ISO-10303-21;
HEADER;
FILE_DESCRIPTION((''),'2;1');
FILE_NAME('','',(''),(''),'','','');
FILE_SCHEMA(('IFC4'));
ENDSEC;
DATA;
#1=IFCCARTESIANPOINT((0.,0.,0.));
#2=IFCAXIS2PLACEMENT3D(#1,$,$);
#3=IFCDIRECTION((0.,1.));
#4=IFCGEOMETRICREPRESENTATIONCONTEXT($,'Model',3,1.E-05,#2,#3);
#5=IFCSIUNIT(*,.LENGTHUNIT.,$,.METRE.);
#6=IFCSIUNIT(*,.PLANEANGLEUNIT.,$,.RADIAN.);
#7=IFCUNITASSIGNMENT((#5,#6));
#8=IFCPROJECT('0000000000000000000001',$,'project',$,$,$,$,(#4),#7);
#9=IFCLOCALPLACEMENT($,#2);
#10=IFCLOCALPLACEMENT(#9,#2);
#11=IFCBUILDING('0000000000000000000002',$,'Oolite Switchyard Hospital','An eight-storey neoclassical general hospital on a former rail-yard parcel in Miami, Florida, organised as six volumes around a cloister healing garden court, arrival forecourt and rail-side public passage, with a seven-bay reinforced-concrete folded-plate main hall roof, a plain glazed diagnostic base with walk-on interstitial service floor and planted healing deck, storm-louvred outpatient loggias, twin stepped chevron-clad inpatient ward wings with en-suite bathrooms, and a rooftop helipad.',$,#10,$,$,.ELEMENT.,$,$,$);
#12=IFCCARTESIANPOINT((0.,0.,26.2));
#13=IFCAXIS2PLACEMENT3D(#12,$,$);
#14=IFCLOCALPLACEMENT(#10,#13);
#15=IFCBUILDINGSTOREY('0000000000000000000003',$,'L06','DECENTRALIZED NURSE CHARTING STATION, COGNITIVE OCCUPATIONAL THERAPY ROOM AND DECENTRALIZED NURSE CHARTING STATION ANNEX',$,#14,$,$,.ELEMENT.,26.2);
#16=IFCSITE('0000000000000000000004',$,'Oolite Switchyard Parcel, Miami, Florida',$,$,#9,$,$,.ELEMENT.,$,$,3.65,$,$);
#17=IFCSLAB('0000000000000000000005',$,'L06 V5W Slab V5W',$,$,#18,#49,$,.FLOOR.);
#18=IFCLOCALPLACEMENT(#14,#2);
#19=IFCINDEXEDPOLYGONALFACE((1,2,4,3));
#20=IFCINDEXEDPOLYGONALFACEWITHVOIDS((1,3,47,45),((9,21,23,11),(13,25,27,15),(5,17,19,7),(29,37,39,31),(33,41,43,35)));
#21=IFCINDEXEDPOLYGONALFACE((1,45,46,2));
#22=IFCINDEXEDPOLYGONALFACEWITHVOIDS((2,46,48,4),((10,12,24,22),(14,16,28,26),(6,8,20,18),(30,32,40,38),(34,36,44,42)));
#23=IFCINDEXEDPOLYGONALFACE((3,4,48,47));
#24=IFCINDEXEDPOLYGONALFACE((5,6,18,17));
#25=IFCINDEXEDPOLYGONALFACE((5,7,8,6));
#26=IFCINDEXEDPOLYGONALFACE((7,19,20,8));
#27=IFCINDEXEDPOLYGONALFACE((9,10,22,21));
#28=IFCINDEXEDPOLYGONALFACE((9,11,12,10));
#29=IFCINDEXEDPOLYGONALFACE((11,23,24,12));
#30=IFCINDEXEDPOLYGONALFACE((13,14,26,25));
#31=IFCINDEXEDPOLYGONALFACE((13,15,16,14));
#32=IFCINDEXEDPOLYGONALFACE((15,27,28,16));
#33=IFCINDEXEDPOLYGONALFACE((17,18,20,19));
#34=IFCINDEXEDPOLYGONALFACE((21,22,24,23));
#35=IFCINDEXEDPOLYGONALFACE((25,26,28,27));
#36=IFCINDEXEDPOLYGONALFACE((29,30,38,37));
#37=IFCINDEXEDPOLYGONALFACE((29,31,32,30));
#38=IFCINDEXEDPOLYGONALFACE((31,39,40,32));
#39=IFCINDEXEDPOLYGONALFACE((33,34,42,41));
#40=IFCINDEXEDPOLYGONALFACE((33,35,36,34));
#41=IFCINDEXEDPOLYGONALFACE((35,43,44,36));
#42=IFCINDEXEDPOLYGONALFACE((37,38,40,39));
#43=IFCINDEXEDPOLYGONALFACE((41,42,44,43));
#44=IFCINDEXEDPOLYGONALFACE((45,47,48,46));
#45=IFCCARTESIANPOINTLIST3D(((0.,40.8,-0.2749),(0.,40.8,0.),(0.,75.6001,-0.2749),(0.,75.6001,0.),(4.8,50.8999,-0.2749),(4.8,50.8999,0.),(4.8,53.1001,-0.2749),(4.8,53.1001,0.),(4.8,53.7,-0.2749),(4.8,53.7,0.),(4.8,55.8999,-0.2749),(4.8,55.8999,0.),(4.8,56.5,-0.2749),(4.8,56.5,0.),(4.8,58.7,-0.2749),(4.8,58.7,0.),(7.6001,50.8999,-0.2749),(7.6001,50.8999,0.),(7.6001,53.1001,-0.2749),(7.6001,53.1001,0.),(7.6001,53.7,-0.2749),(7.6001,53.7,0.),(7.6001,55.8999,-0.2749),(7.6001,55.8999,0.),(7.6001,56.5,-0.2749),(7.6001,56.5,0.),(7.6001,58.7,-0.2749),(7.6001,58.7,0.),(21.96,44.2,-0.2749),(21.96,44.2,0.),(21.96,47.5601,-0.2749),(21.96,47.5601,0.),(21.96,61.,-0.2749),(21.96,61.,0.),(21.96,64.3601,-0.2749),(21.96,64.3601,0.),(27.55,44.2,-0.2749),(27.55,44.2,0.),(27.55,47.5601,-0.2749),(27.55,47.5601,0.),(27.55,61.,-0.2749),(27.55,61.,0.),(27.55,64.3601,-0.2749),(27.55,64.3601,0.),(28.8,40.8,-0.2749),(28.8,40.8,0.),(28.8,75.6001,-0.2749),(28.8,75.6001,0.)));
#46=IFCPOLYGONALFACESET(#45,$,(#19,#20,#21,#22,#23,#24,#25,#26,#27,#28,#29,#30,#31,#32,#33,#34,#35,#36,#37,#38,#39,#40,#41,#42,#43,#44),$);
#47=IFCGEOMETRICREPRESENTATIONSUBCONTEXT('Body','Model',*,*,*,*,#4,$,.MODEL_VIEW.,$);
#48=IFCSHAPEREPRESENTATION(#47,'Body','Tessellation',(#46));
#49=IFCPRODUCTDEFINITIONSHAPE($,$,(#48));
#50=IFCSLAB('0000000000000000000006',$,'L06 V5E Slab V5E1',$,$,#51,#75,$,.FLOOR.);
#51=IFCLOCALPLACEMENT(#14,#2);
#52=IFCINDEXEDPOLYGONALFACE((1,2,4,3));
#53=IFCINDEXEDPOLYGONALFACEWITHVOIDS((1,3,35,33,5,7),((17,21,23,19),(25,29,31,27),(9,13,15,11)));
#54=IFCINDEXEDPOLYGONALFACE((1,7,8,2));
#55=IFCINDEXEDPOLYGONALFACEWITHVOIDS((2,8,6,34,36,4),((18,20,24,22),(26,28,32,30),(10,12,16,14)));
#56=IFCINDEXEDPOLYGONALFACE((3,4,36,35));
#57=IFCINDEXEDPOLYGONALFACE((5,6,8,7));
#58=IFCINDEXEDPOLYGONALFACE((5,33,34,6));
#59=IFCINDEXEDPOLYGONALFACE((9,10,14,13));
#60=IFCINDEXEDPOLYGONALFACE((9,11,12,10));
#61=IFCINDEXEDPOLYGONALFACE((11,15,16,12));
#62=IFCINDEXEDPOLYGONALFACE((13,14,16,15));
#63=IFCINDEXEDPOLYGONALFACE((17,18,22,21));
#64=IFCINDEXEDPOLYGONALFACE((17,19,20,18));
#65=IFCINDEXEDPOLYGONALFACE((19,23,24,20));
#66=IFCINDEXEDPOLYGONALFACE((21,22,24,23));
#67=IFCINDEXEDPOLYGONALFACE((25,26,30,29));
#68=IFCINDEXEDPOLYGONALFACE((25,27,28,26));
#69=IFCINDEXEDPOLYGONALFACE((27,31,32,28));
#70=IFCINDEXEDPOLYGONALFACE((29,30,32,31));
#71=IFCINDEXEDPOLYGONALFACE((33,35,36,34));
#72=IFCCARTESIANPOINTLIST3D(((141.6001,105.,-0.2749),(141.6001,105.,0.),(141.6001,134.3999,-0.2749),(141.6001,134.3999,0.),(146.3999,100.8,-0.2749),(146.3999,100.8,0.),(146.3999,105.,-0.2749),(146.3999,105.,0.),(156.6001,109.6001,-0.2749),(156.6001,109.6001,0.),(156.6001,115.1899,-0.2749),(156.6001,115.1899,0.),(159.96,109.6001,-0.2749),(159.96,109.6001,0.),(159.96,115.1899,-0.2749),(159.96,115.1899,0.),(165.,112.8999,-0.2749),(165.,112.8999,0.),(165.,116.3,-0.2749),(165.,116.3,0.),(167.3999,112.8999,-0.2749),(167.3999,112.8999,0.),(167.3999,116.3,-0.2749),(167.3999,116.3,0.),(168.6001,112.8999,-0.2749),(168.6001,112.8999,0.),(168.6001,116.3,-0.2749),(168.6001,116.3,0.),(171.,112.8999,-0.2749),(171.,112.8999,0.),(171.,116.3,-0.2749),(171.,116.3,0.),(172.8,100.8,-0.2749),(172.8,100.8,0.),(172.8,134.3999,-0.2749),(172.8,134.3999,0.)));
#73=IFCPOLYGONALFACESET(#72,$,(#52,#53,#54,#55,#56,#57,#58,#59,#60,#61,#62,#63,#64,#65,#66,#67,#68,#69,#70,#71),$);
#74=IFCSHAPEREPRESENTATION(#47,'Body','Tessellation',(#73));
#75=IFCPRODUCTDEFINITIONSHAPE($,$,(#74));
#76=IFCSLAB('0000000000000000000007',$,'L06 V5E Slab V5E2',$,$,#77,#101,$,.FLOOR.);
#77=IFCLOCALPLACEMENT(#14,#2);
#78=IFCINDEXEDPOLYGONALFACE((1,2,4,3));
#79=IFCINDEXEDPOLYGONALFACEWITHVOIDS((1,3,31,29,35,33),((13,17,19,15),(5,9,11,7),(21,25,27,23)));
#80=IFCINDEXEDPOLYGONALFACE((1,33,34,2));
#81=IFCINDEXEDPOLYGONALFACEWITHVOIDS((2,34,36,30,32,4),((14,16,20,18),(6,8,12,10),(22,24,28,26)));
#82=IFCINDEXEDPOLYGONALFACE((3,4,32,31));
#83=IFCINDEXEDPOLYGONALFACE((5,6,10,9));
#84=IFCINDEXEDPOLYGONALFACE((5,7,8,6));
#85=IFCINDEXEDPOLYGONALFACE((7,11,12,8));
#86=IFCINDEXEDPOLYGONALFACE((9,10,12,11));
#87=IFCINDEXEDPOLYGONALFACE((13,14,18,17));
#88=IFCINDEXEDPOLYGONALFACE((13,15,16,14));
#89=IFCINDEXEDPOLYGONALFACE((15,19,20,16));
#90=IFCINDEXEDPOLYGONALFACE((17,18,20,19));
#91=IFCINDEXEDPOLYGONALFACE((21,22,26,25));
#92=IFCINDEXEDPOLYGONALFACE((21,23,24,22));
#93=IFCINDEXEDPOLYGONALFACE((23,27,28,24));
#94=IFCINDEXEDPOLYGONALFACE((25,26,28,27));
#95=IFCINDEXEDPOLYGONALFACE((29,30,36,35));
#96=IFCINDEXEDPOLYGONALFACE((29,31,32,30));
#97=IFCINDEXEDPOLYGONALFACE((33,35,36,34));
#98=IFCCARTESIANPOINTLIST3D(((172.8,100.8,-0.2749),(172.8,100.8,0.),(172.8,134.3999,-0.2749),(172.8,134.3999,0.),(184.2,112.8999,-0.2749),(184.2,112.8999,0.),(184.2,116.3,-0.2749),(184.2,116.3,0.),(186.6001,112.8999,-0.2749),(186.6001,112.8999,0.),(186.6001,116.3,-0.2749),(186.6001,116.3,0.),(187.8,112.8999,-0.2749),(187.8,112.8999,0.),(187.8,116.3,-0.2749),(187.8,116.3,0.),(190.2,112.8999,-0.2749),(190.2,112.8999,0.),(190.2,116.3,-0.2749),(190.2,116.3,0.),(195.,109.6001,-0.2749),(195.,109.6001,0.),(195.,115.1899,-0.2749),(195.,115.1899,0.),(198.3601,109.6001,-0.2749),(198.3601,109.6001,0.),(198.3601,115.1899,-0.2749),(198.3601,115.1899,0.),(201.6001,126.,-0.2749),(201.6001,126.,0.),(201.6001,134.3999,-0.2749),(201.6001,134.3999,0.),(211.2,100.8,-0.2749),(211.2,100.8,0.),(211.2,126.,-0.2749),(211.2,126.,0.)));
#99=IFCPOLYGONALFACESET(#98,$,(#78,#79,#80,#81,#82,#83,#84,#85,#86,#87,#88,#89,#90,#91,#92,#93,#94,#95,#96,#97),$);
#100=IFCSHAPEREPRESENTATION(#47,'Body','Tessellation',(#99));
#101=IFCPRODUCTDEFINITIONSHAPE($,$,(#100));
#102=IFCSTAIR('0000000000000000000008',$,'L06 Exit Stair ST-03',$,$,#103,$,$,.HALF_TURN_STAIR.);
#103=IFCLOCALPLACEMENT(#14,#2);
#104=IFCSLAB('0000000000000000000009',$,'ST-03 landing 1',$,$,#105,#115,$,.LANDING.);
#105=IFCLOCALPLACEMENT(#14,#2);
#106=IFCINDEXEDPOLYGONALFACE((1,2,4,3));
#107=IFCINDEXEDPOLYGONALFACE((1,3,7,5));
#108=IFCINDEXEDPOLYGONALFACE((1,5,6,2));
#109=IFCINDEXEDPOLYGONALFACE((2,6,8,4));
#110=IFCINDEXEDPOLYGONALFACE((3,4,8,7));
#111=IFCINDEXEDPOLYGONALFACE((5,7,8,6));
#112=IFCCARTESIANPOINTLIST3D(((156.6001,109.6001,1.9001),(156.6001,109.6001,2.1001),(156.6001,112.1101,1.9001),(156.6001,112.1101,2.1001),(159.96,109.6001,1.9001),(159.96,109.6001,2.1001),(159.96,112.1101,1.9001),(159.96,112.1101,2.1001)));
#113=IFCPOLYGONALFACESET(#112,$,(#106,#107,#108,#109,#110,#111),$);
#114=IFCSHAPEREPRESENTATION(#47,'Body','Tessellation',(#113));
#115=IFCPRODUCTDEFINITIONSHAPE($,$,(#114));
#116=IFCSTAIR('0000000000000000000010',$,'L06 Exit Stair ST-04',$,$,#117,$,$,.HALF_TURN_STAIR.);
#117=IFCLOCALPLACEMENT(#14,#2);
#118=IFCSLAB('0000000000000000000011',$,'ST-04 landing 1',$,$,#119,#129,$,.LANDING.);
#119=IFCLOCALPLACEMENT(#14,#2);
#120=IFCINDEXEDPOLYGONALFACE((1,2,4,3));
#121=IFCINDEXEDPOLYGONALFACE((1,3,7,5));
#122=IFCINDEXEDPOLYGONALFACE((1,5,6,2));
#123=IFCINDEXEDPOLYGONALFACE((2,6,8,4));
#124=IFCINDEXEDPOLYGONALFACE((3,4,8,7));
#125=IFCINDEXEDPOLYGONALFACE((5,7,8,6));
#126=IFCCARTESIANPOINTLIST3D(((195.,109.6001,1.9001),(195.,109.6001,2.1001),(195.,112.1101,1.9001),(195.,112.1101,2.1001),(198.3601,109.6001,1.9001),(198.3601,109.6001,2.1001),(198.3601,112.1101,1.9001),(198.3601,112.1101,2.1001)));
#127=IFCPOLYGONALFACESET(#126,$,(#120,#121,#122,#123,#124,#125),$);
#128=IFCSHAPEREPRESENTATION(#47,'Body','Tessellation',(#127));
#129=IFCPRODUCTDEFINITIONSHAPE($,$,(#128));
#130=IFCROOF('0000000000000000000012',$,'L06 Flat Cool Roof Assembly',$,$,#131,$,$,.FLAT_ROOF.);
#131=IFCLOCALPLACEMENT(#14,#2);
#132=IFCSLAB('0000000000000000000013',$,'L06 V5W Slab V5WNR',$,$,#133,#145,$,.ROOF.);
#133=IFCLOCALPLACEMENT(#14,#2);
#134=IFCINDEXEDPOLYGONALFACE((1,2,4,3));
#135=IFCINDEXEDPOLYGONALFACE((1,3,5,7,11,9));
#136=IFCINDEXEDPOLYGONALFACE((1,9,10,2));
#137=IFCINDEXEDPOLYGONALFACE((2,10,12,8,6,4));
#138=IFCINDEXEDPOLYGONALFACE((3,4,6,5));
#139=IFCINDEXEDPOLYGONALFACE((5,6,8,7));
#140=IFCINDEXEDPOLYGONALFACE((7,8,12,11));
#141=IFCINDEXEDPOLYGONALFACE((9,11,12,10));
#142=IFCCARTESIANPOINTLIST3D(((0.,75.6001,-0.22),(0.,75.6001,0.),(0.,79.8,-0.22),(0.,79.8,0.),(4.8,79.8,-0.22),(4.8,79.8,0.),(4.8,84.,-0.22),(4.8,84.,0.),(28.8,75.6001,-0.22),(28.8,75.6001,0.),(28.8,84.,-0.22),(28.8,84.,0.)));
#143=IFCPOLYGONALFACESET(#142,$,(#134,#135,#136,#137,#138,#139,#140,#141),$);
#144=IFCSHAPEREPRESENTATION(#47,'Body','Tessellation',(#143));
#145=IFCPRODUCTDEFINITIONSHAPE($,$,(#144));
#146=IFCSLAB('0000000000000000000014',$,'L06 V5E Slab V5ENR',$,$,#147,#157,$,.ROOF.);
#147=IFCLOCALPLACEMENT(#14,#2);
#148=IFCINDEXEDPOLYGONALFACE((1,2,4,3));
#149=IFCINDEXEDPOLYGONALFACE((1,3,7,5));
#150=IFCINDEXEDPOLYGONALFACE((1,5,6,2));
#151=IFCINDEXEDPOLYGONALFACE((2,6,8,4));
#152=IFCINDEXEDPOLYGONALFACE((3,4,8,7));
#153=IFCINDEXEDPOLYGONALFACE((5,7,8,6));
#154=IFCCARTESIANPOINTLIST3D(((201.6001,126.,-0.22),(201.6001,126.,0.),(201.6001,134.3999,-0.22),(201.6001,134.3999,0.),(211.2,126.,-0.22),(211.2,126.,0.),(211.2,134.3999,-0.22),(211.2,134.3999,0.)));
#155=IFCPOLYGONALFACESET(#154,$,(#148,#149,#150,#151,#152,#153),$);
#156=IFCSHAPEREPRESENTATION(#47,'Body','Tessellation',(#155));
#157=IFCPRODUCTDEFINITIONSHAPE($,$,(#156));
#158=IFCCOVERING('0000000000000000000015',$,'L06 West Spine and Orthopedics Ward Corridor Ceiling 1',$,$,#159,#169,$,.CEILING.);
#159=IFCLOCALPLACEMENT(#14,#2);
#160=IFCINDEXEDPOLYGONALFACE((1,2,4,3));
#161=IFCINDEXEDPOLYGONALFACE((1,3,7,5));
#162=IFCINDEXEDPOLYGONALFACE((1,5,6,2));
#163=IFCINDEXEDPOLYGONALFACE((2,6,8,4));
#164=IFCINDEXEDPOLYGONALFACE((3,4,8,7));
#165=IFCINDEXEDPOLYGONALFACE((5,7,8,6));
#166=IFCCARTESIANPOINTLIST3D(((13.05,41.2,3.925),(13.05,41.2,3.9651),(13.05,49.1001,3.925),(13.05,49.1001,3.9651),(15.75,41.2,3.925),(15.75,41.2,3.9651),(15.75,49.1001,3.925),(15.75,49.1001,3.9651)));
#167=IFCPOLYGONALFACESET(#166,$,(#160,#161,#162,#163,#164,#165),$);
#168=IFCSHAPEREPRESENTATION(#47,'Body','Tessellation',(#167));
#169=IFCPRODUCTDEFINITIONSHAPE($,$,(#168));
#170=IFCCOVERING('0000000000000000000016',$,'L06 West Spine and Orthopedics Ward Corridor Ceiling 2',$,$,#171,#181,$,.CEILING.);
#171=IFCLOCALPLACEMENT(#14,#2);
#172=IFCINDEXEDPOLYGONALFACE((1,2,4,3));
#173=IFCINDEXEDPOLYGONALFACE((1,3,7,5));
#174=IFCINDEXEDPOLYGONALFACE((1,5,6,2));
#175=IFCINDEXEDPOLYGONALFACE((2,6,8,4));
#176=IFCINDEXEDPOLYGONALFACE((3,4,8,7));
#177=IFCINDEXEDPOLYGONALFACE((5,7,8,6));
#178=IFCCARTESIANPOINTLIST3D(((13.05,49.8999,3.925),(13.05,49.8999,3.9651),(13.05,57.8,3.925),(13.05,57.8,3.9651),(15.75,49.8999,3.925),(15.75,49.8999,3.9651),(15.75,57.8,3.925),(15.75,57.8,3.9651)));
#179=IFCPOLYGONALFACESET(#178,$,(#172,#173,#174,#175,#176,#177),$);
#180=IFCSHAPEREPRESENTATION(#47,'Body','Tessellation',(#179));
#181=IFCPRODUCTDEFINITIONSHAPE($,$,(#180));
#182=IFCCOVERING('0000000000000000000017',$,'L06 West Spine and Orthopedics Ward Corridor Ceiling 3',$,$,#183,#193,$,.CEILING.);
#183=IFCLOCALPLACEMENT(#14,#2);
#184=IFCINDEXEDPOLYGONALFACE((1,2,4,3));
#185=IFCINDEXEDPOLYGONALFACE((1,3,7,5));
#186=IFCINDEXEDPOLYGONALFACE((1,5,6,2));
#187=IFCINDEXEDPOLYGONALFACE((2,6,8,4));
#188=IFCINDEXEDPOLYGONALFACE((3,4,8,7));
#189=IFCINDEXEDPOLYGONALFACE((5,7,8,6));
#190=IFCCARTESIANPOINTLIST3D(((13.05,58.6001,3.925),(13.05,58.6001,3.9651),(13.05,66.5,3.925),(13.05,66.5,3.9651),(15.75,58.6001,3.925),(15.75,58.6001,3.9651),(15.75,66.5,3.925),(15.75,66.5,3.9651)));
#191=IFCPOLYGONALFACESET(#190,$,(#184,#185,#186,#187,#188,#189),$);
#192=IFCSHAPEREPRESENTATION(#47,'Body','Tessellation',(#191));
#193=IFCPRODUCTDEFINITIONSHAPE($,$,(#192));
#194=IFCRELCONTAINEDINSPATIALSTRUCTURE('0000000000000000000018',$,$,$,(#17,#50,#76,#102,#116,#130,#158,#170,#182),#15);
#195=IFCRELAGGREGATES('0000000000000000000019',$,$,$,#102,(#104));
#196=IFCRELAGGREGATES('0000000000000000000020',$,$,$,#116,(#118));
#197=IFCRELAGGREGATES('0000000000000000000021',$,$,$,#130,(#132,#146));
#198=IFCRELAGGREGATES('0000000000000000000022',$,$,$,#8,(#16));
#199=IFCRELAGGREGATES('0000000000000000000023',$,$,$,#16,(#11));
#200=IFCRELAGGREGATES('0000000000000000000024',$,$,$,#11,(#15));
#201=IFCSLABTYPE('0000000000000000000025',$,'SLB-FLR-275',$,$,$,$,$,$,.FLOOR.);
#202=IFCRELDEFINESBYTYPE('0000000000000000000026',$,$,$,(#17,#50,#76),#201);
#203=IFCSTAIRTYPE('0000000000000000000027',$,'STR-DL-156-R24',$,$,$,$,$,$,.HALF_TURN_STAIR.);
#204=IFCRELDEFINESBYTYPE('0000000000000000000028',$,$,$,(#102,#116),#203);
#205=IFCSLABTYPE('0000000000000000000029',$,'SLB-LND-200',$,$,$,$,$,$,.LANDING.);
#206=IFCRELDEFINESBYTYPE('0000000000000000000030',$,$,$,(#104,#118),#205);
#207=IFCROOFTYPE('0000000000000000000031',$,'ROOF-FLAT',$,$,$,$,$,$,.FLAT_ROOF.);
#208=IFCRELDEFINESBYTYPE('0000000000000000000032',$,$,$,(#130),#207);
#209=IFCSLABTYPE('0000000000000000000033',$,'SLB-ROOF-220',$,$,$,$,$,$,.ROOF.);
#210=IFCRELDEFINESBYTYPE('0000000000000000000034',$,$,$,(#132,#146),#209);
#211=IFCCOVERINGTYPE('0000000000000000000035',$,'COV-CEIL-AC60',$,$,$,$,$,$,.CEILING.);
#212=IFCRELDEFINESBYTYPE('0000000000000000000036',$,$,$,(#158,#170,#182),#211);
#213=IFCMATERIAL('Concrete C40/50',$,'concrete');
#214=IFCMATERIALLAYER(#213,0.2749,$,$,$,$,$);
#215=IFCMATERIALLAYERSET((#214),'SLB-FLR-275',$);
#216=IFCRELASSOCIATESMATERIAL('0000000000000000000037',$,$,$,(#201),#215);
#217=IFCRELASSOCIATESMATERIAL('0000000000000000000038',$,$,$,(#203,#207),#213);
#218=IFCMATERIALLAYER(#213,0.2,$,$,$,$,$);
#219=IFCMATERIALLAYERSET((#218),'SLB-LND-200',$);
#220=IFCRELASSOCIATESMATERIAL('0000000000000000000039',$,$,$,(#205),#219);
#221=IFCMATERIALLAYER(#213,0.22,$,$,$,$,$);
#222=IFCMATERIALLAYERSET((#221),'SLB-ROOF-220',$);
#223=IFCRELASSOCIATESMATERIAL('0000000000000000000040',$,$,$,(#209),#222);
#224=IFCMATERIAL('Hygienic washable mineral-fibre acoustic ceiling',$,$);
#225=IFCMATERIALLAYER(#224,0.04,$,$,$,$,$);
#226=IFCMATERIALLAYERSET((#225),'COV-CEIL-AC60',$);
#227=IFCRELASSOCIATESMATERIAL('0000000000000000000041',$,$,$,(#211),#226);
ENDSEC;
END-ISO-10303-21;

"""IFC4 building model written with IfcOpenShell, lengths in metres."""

from ifc_helpers import new_model, si_unit, direction, frame, origin, place, context, subcontext, project, spatial, polyline, outline, extrude, material, layer, layer_set, type_object, element, aggregate, save


model = new_model("IFC4")

# Units and contexts
model_context = context("Model", 3, precision=1e-05, world=origin(), true_north=direction((0.0, 1.0)))
body_context = subcontext(model_context, "Body", "Model", "MODEL_VIEW")
ifc_project = project(units=[si_unit("LENGTHUNIT", "METRE"), si_unit("PLANEANGLEUNIT", "RADIAN")], contexts=[model_context])

# Site, building, storey
site_placement = place(None, origin())
site = spatial("IfcSite", under=ifc_project, at=site_placement, Name="Oolite Switchyard Parcel, Miami, Florida", CompositionType="ELEMENT", RefElevation=3.65)
building_placement = place(site_placement, origin())
building = spatial("IfcBuilding", under=site, at=building_placement, Name="Oolite Switchyard Hospital", Description="An eight-storey neoclassical general hospital on a former rail-yard parcel in Miami, Florida, organised as six volumes around a cloister healing garden court, arrival forecourt and rail-side public passage, with a seven-bay reinforced-concrete folded-plate main hall roof, a plain glazed diagnostic base with walk-on interstitial service floor and planted healing deck, storm-louvred outpatient loggias, twin stepped chevron-clad inpatient ward wings with en-suite bathrooms, and a rooftop helipad.", CompositionType="ELEMENT")
storey_placement = place(building_placement, frame((0.0, 0.0, 26.2)))
storey = spatial("IfcBuildingStorey", under=building, at=storey_placement, Name="L06", Description="DECENTRALIZED NURSE CHARTING STATION, COGNITIVE OCCUPATIONAL THERAPY ROOM AND DECENTRALIZED NURSE CHARTING STATION ANNEX", CompositionType="ELEMENT", Elevation=26.2)

# Slabs
ifc_material_1 = material(Name="Concrete C40/50", Category="concrete")
ifc_layer_1 = layer(ifc_material_1, 0.2749)
ifc_layer_set_1 = layer_set([ifc_layer_1], Name="SLB-FLR-275")
slab_type_1 = type_object("IfcSlabType", Name="SLB-FLR-275", PredefinedType="FLOOR", material=ifc_layer_set_1)
slab_1_placement = place(storey_placement, frame((0.0, 0.0, -0.2749)))
element("IfcSlab", 1, at=slab_1_placement, inside=storey, type_object=slab_type_1, Name="L06 V5W Slab V5W", PredefinedType="FLOOR", context=body_context, shape_type="SweptSolid", body=[
    extrude(outline(polyline([(0.0, 40.8), (28.8, 40.8), (28.8, 75.6001), (0.0, 75.6001), (0.0, 40.8)]), holes=[polyline([(21.96, 44.2), (27.55, 44.2), (27.55, 47.5601), (21.96, 47.5601), (21.96, 44.2)]), polyline([(21.96, 61.0), (27.55, 61.0), (27.55, 64.3601), (21.96, 64.3601), (21.96, 61.0)]), polyline([(4.8, 50.8999), (7.6001, 50.8999), (7.6001, 53.1001), (4.8, 53.1001), (4.8, 50.8999)]), polyline([(4.8, 53.7), (7.6001, 53.7), (7.6001, 55.8999), (4.8, 55.8999), (4.8, 53.7)]), polyline([(4.8, 56.5), (7.6001, 56.5), (7.6001, 58.7), (4.8, 58.7), (4.8, 56.5)])]), origin(), (0.0, 0.0, 1.0), 0.2749),
])
slab_2_placement = place(storey_placement, frame((0.0, 0.0, -0.2749)))
element("IfcSlab", 2, at=slab_2_placement, inside=storey, type_object=slab_type_1, Name="L06 V5E Slab V5E1", PredefinedType="FLOOR", context=body_context, shape_type="SweptSolid", body=[
    extrude(outline(polyline([(146.3999, 100.8), (172.8, 100.8), (172.8, 134.3999), (141.6001, 134.3999), (141.6001, 105.0), (146.3999, 105.0), (146.3999, 100.8)]), holes=[polyline([(156.6001, 115.1899), (156.6001, 109.6001), (159.96, 109.6001), (159.96, 115.1899), (156.6001, 115.1899)]), polyline([(165.0, 112.8999), (167.3999, 112.8999), (167.3999, 116.3), (165.0, 116.3), (165.0, 112.8999)]), polyline([(168.6001, 112.8999), (171.0, 112.8999), (171.0, 116.3), (168.6001, 116.3), (168.6001, 112.8999)])]), origin(), (0.0, 0.0, 1.0), 0.2749),
])
slab_3_placement = place(storey_placement, frame((0.0, 0.0, -0.2749)))
element("IfcSlab", 3, at=slab_3_placement, inside=storey, type_object=slab_type_1, Name="L06 V5E Slab V5E2", PredefinedType="FLOOR", context=body_context, shape_type="SweptSolid", body=[
    extrude(outline(polyline([(172.8, 100.8), (211.2, 100.8), (211.2, 126.0), (201.6001, 126.0), (201.6001, 134.3999), (172.8, 134.3999), (172.8, 100.8)]), holes=[polyline([(195.0, 115.1899), (195.0, 109.6001), (198.3601, 109.6001), (198.3601, 115.1899), (195.0, 115.1899)]), polyline([(184.2, 112.8999), (186.6001, 112.8999), (186.6001, 116.3), (184.2, 116.3), (184.2, 112.8999)]), polyline([(187.8, 112.8999), (190.2, 112.8999), (190.2, 116.3), (187.8, 116.3), (187.8, 112.8999)])]), origin(), (0.0, 0.0, 1.0), 0.2749),
])

# Stairs, slabs
stair_type = type_object("IfcStairType", Name="STR-DL-156-R24", PredefinedType="HALF_TURN_STAIR", material=ifc_material_1)
stair_1_placement = place(storey_placement, origin())
stair_1 = element("IfcStair", 4, at=stair_1_placement, inside=storey, type_object=stair_type, Name="L06 Exit Stair ST-03", PredefinedType="HALF_TURN_STAIR")
ifc_layer_2 = layer(ifc_material_1, 0.2)
ifc_layer_set_2 = layer_set([ifc_layer_2], Name="SLB-LND-200")
slab_type_2 = type_object("IfcSlabType", Name="SLB-LND-200", PredefinedType="LANDING", material=ifc_layer_set_2)
slab_4_placement = place(storey_placement, frame((0.0, 0.0, 1.9001)))
slab_4 = element("IfcSlab", 5, at=slab_4_placement, type_object=slab_type_2, Name="ST-03 landing 1", PredefinedType="LANDING", context=body_context, shape_type="SweptSolid", body=[
    extrude(outline(polyline([(156.6001, 112.1101), (156.6001, 109.6001), (159.96, 109.6001), (159.96, 112.1101), (156.6001, 112.1101)])), origin(), (0.0, 0.0, 1.0), 0.2),
])
aggregate(stair_1, [slab_4])
stair_2_placement = place(storey_placement, origin())
stair_2 = element("IfcStair", 6, at=stair_2_placement, inside=storey, type_object=stair_type, Name="L06 Exit Stair ST-04", PredefinedType="HALF_TURN_STAIR")
slab_5_placement = place(storey_placement, frame((0.0, 0.0, 1.9001)))
slab_5 = element("IfcSlab", 7, at=slab_5_placement, type_object=slab_type_2, Name="ST-04 landing 1", PredefinedType="LANDING", context=body_context, shape_type="SweptSolid", body=[
    extrude(outline(polyline([(195.0, 112.1101), (195.0, 109.6001), (198.3601, 109.6001), (198.3601, 112.1101), (195.0, 112.1101)])), origin(), (0.0, 0.0, 1.0), 0.2),
])
aggregate(stair_2, [slab_5])

# Roof, slabs
roof_type = type_object("IfcRoofType", Name="ROOF-FLAT", PredefinedType="FLAT_ROOF", material=ifc_material_1)
roof_placement = place(storey_placement, origin())
roof = element("IfcRoof", 8, at=roof_placement, inside=storey, type_object=roof_type, Name="L06 Flat Cool Roof Assembly", PredefinedType="FLAT_ROOF")
ifc_layer_3 = layer(ifc_material_1, 0.22)
ifc_layer_set_3 = layer_set([ifc_layer_3], Name="SLB-ROOF-220")
slab_type_3 = type_object("IfcSlabType", Name="SLB-ROOF-220", PredefinedType="ROOF", material=ifc_layer_set_3)
slab_6_placement = place(storey_placement, frame((0.0, 0.0, -0.22)))
slab_6 = element("IfcSlab", 9, at=slab_6_placement, type_object=slab_type_3, Name="L06 V5W Slab V5WNR", PredefinedType="ROOF", context=body_context, shape_type="SweptSolid", body=[
    extrude(outline(polyline([(0.0, 75.6001), (28.8, 75.6001), (28.8, 84.0), (4.8, 84.0), (4.8, 79.8), (0.0, 79.8), (0.0, 75.6001)])), origin(), (0.0, 0.0, 1.0), 0.22),
])
slab_7_placement = place(storey_placement, frame((0.0, 0.0, -0.22)))
slab_7 = element("IfcSlab", 10, at=slab_7_placement, type_object=slab_type_3, Name="L06 V5E Slab V5ENR", PredefinedType="ROOF", context=body_context, shape_type="SweptSolid", body=[
    extrude(outline(polyline([(201.6001, 126.0), (211.2, 126.0), (211.2, 134.3999), (201.6001, 134.3999), (201.6001, 126.0)])), origin(), (0.0, 0.0, 1.0), 0.22),
])
aggregate(roof, [slab_6, slab_7])

# Coverings
ifc_material_2 = material(Name="Hygienic washable mineral-fibre acoustic ceiling")
ifc_layer_4 = layer(ifc_material_2, 0.04)
ifc_layer_set_4 = layer_set([ifc_layer_4], Name="COV-CEIL-AC60")
covering_type_1 = type_object("IfcCoveringType", Name="COV-CEIL-AC60", PredefinedType="CEILING", material=ifc_layer_set_4)
covering_1_placement = place(storey_placement, frame((0.0, 0.0, 3.925)))
element("IfcCovering", 11, at=covering_1_placement, inside=storey, type_object=covering_type_1, Name="L06 West Spine and Orthopedics Ward Corridor Ceiling 1", PredefinedType="CEILING", context=body_context, shape_type="SweptSolid", body=[
    extrude(outline(polyline([(13.05, 41.2), (15.75, 41.2), (15.75, 49.1001), (13.05, 49.1001), (13.05, 41.2)])), origin(), (0.0, 0.0, 1.0), 0.04),
])
covering_2_placement = place(storey_placement, frame((0.0, 0.0, 3.925)))
element("IfcCovering", 12, at=covering_2_placement, inside=storey, type_object=covering_type_1, Name="L06 West Spine and Orthopedics Ward Corridor Ceiling 2", PredefinedType="CEILING", context=body_context, shape_type="SweptSolid", body=[
    extrude(outline(polyline([(13.05, 49.8999), (15.75, 49.8999), (15.75, 57.8), (13.05, 57.8), (13.05, 49.8999)])), origin(), (0.0, 0.0, 1.0), 0.04),
])
covering_3_placement = place(storey_placement, frame((0.0, 0.0, 3.925)))
element("IfcCovering", 13, at=covering_3_placement, inside=storey, type_object=covering_type_1, Name="L06 West Spine and Orthopedics Ward Corridor Ceiling 3", PredefinedType="CEILING", context=body_context, shape_type="SweptSolid", body=[
    extrude(outline(polyline([(13.05, 58.6001), (15.75, 58.6001), (15.75, 66.5), (13.05, 66.5), (13.05, 58.6001)])), origin(), (0.0, 0.0, 1.0), 0.04),
])

save(model, "model.ifc")
